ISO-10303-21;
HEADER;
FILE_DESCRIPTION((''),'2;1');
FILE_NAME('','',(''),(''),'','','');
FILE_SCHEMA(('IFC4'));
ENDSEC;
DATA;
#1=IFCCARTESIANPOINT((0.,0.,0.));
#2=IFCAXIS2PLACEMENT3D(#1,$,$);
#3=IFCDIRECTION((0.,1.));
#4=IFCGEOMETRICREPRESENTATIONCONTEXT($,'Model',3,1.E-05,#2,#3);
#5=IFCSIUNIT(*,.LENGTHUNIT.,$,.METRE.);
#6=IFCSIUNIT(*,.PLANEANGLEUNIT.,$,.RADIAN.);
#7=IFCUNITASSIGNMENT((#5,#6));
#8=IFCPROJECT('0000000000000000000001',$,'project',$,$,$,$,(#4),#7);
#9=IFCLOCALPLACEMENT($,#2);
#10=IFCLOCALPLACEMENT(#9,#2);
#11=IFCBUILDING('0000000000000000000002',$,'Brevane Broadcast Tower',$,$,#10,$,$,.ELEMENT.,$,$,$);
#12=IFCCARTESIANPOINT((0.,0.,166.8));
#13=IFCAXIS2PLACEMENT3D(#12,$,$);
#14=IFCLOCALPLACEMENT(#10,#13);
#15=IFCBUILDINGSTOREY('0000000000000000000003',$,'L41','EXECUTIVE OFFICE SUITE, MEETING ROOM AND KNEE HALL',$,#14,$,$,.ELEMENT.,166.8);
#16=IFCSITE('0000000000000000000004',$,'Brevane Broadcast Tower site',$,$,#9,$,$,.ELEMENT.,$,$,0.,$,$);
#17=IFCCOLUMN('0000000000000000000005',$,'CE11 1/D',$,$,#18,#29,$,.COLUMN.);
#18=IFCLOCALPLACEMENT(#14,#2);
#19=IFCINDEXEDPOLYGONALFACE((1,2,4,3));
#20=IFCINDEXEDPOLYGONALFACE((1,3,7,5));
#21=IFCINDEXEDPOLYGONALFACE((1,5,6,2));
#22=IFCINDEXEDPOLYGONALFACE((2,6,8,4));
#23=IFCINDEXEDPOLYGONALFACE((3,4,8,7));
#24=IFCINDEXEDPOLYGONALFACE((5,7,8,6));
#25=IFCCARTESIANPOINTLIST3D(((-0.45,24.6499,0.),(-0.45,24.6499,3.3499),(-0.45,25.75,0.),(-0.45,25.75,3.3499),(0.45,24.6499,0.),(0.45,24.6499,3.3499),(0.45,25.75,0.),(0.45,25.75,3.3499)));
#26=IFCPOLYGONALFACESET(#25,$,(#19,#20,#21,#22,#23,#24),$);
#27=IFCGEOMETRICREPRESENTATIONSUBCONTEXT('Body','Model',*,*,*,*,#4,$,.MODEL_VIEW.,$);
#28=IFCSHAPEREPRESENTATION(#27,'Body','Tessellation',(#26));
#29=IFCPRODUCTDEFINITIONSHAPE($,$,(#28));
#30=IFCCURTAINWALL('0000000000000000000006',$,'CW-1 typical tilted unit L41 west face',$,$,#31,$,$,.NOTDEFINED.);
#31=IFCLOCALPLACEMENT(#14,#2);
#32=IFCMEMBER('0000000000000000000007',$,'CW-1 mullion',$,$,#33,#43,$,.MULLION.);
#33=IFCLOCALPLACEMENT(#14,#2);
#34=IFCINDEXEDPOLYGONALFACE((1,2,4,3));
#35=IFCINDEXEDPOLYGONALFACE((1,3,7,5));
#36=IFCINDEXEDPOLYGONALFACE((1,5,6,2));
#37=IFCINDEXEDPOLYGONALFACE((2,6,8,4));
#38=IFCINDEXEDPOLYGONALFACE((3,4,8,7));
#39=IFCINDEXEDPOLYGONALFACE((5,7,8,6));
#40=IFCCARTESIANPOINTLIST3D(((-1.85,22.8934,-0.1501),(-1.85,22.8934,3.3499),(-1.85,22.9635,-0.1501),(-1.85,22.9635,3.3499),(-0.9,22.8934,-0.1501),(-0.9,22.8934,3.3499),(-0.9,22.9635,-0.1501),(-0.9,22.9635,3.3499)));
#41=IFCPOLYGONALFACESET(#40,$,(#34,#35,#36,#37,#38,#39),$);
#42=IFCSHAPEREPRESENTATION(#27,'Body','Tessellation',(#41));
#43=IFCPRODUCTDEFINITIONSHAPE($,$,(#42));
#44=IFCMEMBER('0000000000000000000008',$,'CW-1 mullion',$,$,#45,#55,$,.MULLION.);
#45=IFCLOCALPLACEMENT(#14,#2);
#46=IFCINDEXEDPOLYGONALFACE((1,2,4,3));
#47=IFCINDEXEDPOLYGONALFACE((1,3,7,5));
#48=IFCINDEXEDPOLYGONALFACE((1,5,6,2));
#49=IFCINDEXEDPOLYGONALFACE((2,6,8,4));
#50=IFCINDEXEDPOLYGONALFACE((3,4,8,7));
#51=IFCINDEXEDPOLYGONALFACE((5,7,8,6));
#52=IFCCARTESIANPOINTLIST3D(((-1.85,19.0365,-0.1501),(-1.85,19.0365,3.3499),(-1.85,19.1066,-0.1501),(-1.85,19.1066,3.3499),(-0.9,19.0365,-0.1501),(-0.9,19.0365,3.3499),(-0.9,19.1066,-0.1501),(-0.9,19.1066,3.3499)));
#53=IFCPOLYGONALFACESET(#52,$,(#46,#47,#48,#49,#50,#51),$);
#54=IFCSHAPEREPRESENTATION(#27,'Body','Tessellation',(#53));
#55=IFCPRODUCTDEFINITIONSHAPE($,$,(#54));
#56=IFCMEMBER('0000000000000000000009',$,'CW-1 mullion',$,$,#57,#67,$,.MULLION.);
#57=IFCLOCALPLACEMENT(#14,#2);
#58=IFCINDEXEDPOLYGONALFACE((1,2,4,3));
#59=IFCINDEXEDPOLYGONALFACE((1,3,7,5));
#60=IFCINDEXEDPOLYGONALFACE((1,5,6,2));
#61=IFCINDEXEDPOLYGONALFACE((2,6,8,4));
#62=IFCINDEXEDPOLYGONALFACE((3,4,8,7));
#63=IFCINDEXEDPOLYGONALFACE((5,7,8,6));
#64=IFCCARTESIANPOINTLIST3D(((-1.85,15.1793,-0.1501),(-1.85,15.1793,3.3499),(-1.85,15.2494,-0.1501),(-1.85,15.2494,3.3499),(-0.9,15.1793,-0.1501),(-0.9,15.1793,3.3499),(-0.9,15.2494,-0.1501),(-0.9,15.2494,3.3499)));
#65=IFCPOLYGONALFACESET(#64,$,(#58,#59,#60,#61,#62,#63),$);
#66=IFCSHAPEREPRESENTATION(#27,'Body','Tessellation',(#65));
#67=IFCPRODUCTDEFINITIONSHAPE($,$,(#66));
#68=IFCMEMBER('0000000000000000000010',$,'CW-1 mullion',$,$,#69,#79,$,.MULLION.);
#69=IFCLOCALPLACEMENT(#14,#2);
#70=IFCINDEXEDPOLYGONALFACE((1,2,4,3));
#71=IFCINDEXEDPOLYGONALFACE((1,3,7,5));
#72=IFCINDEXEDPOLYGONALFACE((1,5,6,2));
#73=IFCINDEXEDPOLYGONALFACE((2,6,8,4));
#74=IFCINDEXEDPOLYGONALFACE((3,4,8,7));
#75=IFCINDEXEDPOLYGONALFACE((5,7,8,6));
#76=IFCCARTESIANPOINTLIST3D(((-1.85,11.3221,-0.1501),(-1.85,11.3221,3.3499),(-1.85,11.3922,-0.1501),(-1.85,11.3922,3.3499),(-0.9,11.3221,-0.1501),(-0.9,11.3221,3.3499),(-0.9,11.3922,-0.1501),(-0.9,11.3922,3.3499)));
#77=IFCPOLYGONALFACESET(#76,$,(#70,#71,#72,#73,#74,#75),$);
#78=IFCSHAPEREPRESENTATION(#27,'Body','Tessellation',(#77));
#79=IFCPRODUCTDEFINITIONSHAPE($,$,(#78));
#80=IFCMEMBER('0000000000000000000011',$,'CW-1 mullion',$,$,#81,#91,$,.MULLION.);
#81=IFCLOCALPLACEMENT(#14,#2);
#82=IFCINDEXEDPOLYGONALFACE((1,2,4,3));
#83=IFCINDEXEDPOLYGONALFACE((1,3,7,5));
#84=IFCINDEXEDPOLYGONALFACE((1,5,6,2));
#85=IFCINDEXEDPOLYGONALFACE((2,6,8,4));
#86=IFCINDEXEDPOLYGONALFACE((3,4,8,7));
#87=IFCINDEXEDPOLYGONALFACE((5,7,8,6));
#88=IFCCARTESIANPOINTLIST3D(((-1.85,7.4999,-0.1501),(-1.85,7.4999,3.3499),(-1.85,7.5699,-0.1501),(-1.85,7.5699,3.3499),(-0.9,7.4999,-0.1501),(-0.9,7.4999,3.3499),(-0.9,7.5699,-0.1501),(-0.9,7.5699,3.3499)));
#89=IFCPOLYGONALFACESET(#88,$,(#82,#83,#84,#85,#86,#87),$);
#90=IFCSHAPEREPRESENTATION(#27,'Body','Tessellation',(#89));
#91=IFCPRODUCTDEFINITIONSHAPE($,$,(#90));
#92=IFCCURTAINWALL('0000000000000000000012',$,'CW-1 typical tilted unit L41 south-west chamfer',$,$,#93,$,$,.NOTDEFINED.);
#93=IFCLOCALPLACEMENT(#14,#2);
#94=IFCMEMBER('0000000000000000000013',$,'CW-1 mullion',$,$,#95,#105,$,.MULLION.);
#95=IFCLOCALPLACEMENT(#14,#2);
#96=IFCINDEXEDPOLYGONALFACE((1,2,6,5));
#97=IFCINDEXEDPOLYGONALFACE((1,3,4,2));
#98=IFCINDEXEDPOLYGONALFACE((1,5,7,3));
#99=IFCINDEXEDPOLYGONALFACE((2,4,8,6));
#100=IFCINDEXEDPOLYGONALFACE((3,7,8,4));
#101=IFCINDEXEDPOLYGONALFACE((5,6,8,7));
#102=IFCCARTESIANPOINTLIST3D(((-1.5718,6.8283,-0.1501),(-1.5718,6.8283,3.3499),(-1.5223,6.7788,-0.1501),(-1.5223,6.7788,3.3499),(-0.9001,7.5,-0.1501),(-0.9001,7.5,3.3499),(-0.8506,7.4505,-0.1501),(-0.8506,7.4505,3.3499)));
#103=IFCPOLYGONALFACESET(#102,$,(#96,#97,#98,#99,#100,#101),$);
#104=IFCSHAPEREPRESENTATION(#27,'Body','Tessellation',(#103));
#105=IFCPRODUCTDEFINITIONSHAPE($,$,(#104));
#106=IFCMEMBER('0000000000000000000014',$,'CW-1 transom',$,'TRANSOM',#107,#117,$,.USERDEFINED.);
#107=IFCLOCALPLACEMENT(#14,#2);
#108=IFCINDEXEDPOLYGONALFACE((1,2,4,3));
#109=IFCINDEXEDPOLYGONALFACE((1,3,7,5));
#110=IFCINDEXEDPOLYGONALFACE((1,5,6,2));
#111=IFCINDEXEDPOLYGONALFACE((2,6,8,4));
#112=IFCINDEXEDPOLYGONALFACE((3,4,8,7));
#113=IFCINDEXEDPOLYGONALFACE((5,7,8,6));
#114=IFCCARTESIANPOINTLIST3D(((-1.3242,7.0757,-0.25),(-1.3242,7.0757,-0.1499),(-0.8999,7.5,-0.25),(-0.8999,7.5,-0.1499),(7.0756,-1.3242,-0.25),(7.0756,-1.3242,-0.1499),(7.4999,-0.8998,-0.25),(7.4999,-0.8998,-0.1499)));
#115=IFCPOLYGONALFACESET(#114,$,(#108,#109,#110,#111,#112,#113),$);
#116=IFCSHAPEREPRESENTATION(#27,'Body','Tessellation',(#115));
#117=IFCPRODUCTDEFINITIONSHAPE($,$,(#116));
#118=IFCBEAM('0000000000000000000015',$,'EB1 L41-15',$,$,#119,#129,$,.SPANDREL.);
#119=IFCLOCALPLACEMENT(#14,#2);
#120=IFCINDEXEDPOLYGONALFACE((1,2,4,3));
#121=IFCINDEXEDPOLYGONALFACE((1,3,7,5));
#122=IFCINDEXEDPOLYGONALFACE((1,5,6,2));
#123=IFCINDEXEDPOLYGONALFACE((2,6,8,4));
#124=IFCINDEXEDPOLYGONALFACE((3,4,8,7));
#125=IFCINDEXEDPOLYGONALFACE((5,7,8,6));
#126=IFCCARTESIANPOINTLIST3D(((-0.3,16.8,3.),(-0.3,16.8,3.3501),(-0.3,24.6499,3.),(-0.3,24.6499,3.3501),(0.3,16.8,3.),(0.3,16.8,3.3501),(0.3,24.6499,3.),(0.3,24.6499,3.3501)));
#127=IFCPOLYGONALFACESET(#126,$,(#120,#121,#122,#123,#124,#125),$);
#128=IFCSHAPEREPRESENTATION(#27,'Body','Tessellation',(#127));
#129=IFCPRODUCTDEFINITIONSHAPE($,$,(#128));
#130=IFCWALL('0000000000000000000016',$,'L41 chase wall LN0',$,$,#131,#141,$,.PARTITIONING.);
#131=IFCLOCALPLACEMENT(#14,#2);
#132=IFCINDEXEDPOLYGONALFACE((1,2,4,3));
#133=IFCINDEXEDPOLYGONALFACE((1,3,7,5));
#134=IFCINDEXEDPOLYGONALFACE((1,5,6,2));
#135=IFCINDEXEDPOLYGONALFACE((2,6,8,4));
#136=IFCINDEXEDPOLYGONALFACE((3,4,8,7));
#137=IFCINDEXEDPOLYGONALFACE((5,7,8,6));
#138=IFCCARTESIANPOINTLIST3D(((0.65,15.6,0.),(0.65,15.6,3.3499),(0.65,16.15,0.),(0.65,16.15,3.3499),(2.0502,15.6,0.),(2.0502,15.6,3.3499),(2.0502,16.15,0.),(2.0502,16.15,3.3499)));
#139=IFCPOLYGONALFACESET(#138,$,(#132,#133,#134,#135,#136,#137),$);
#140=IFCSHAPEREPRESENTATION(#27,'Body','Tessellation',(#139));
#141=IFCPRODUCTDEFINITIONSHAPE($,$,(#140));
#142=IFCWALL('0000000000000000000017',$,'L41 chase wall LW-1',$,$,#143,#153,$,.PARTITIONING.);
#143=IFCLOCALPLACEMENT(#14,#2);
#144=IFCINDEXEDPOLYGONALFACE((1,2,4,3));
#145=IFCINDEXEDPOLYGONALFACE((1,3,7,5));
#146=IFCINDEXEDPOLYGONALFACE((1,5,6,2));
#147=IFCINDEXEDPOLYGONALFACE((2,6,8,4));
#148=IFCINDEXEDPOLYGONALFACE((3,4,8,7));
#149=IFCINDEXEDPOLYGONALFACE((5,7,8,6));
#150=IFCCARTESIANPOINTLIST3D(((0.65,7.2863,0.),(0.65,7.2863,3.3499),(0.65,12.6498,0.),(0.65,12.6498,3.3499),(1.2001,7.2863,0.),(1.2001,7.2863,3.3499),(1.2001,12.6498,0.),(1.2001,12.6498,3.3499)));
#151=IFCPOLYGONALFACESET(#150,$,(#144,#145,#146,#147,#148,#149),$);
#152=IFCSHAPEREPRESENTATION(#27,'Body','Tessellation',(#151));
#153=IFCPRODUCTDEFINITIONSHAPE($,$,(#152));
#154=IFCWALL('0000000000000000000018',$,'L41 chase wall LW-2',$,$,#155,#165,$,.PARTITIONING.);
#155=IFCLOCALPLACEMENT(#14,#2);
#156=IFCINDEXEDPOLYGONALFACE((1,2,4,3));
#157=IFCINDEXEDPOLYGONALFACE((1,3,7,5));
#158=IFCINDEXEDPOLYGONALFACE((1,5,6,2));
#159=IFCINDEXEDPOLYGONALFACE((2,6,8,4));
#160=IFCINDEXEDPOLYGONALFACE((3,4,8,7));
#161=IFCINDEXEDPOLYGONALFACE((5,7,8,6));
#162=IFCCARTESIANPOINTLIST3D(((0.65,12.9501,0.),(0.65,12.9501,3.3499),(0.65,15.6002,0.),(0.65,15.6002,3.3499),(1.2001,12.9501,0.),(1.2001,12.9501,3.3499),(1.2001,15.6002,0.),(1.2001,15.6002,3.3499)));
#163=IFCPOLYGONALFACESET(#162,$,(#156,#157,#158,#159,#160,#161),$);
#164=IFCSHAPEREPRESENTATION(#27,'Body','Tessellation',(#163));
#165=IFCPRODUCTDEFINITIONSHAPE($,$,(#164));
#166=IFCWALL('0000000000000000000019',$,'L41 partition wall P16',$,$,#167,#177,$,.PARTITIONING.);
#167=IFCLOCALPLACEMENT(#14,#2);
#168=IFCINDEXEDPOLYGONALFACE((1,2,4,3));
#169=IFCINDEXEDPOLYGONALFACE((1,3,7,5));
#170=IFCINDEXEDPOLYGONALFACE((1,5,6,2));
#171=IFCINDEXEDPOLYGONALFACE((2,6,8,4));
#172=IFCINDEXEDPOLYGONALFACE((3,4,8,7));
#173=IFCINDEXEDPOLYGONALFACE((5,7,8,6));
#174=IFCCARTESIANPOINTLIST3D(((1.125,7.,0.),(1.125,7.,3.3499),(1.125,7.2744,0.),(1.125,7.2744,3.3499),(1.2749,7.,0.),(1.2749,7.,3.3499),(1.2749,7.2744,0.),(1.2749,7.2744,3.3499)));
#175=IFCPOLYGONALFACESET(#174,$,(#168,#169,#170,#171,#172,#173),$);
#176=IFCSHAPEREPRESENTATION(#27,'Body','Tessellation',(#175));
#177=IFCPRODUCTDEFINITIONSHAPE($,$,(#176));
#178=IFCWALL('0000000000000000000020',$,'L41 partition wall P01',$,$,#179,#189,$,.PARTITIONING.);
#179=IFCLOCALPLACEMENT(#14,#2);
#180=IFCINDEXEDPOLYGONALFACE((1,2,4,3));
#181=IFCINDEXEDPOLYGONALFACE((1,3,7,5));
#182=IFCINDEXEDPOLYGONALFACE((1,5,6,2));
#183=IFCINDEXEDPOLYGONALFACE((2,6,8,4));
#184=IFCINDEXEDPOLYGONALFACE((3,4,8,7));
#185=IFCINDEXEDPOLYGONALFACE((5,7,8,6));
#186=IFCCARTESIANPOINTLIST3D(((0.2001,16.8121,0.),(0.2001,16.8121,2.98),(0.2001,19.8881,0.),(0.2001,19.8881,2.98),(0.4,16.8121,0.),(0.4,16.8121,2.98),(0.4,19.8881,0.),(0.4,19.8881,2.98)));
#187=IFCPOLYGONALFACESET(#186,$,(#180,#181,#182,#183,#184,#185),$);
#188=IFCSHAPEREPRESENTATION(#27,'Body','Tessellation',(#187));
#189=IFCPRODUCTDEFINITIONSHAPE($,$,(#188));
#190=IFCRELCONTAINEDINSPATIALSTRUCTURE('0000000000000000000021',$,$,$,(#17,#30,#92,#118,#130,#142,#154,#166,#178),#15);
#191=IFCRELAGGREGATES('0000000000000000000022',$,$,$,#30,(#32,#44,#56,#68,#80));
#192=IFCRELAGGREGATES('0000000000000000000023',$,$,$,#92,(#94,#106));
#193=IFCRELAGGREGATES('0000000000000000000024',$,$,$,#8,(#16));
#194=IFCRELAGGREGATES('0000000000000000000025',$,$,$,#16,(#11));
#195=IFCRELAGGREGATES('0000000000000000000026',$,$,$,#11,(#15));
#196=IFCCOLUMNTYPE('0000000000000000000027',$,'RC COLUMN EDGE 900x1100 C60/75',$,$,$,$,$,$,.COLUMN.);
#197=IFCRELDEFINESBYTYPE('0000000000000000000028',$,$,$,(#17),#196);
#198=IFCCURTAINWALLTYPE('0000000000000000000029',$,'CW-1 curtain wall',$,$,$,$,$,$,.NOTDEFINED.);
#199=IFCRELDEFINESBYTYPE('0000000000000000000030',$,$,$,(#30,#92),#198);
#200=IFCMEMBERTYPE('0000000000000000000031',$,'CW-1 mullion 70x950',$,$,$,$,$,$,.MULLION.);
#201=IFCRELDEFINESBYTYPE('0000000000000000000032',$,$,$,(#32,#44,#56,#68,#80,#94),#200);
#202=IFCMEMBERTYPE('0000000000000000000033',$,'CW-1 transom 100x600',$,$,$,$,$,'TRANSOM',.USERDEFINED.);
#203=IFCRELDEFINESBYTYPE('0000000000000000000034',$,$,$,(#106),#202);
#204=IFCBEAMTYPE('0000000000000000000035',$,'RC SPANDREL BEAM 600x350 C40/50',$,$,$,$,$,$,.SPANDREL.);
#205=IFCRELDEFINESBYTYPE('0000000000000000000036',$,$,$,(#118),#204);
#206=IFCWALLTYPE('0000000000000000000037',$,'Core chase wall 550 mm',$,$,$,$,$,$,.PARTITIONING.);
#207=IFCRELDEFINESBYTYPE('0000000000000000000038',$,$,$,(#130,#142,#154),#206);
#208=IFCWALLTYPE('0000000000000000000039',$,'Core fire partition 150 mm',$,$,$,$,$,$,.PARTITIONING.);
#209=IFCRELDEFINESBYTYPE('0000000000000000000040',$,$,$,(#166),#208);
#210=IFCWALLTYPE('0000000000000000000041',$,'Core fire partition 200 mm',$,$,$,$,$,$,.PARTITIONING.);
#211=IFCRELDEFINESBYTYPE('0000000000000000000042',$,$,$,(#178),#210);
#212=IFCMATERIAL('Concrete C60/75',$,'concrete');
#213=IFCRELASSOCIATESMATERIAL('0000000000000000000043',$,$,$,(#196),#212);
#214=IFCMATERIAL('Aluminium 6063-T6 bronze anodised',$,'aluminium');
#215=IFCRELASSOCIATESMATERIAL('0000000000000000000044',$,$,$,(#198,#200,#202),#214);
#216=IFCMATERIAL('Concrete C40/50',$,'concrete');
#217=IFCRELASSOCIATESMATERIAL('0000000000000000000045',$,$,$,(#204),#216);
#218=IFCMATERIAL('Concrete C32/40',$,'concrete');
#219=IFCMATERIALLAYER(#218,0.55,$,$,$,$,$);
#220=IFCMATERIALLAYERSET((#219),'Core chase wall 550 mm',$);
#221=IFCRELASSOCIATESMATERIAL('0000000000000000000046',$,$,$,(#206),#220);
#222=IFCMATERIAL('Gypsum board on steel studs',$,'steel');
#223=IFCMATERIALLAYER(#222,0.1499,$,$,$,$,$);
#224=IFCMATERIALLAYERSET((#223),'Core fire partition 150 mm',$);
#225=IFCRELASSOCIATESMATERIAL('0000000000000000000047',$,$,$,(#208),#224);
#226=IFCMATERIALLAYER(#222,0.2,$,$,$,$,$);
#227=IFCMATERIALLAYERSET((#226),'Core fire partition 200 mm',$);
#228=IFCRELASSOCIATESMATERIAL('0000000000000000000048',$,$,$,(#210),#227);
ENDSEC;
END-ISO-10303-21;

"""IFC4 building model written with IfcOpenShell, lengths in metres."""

from ifc_helpers import new_model, si_unit, direction, frame, frame_2d, origin, origin_2d, place, context, subcontext, project, spatial, rectangle, extrude, material, layer, layer_set, material_profile, profile_set, type_object, element, aggregate, save


model = new_model("IFC4")

# Units and contexts
model_context = context("Model", 3, precision=1e-05, world=origin(), true_north=direction((0.0, 1.0)))
body_context = subcontext(model_context, "Body", "Model", "MODEL_VIEW")
ifc_project = project(units=[si_unit("LENGTHUNIT", "METRE"), si_unit("PLANEANGLEUNIT", "RADIAN")], contexts=[model_context])

# Site, building, storey
site_placement = place(None, origin())
site = spatial("IfcSite", under=ifc_project, at=site_placement, Name="Brevane Broadcast Tower site", CompositionType="ELEMENT", RefElevation=0.0)
building_placement = place(site_placement, origin())
building = spatial("IfcBuilding", under=site, at=building_placement, Name="Brevane Broadcast Tower", CompositionType="ELEMENT")
storey_placement = place(building_placement, frame((0.0, 0.0, 166.8)))
storey = spatial("IfcBuildingStorey", under=building, at=storey_placement, Name="L41", Description="EXECUTIVE OFFICE SUITE, MEETING ROOM AND KNEE HALL", CompositionType="ELEMENT", Elevation=166.8)

# Column
ifc_material_1 = material(Name="Concrete C60/75", Category="concrete")
ifc_material_profile_1 = material_profile(ifc_material_1, rectangle(XDim=0.8999, YDim=1.1001, at=origin_2d()), Name="RC 900x1100")
ifc_profile_set_1 = profile_set([ifc_material_profile_1], Name="Concrete C60/75")
column_type = type_object("IfcColumnType", Name="RC COLUMN EDGE 900x1100 C60/75", PredefinedType="COLUMN", material=ifc_profile_set_1)
column_placement = place(storey_placement, frame((0.0, 25.2, 0.0), z_axis=(0.0, 0.0, 1.0), x_axis=(1.0, 0.0, 0.0)))
element("IfcColumn", 1, at=column_placement, inside=storey, type_object=column_type, Name="CE11 1/D", PredefinedType="COLUMN", context=body_context, shape_type="SweptSolid", body=[
    extrude(rectangle(XDim=0.8999, YDim=1.1001, at=origin_2d()), origin(), (0.0, 0.0, 1.0), 3.3499),
])

# Curtain walls, members
ifc_material_2 = material(Name="Aluminium 6063-T6 bronze anodised", Category="aluminium")
curtain_wall_type = type_object("IfcCurtainWallType", Name="CW-1 curtain wall", PredefinedType="NOTDEFINED", material=ifc_material_2)
curtain_wall_1_placement = place(storey_placement, origin())
curtain_wall_1 = element("IfcCurtainWall", 2, at=curtain_wall_1_placement, inside=storey, type_object=curtain_wall_type, Name="CW-1 typical tilted unit L41 west face", PredefinedType="NOTDEFINED")
ifc_material_profile_2 = material_profile(ifc_material_2, rectangle(XDim=0.95, YDim=0.0701, at=origin_2d()), Name="RECT 70x950")
ifc_profile_set_2 = profile_set([ifc_material_profile_2], Name="Aluminium 6063-T6 bronze anodised")
member_type_1 = type_object("IfcMemberType", Name="CW-1 mullion 70x950", PredefinedType="MULLION", material=ifc_profile_set_2)
member_1_placement = place(storey_placement, frame((-1.375, 22.9285, -0.1501), z_axis=(0.0, 0.0, 1.0), x_axis=(1.0, 0.0, 0.0)))
member_1 = element("IfcMember", 3, at=member_1_placement, type_object=member_type_1, Name="CW-1 mullion", PredefinedType="MULLION", context=body_context, shape_type="SweptSolid", body=[
    extrude(rectangle(XDim=0.95, YDim=0.0701, at=origin_2d()), origin(), (0.0, 0.0, 1.0), 3.5),
])
member_2_placement = place(storey_placement, frame((-1.375, 19.0715, -0.1501), z_axis=(0.0, 0.0, 1.0), x_axis=(1.0, 0.0, 0.0)))
member_2 = element("IfcMember", 4, at=member_2_placement, type_object=member_type_1, Name="CW-1 mullion", PredefinedType="MULLION", context=body_context, shape_type="SweptSolid", body=[
    extrude(rectangle(XDim=0.95, YDim=0.0701, at=origin_2d()), origin(), (0.0, 0.0, 1.0), 3.5),
])
member_3_placement = place(storey_placement, frame((-1.375, 15.2144, -0.1501), z_axis=(0.0, 0.0, 1.0), x_axis=(1.0, 0.0, 0.0)))
member_3 = element("IfcMember", 5, at=member_3_placement, type_object=member_type_1, Name="CW-1 mullion", PredefinedType="MULLION", context=body_context, shape_type="SweptSolid", body=[
    extrude(rectangle(XDim=0.95, YDim=0.0701, at=origin_2d()), origin(), (0.0, 0.0, 1.0), 3.5),
])
member_4_placement = place(storey_placement, frame((-1.375, 11.3572, -0.1501), z_axis=(0.0, 0.0, 1.0), x_axis=(1.0, 0.0, 0.0)))
member_4 = element("IfcMember", 6, at=member_4_placement, type_object=member_type_1, Name="CW-1 mullion", PredefinedType="MULLION", context=body_context, shape_type="SweptSolid", body=[
    extrude(rectangle(XDim=0.95, YDim=0.0701, at=origin_2d()), origin(), (0.0, 0.0, 1.0), 3.5),
])
member_5_placement = place(storey_placement, frame((-1.375, 7.5349, -0.1501), z_axis=(0.0, 0.0, 1.0), x_axis=(1.0, 0.0, 0.0)))
member_5 = element("IfcMember", 7, at=member_5_placement, type_object=member_type_1, Name="CW-1 mullion", PredefinedType="MULLION", context=body_context, shape_type="SweptSolid", body=[
    extrude(rectangle(XDim=0.95, YDim=0.0701, at=origin_2d()), origin(), (0.0, 0.0, 1.0), 3.5),
])
aggregate(curtain_wall_1, [member_1, member_2, member_3, member_4, member_5])
curtain_wall_2_placement = place(storey_placement, origin())
curtain_wall_2 = element("IfcCurtainWall", 8, at=curtain_wall_2_placement, inside=storey, type_object=curtain_wall_type, Name="CW-1 typical tilted unit L41 south-west chamfer", PredefinedType="NOTDEFINED")
member_6_placement = place(storey_placement, frame((-1.2112, 7.1394, -0.1501), z_axis=(0.0, 0.0, 1.0), x_axis=(0.707107, 0.707107, 0.0)))
member_6 = element("IfcMember", 9, at=member_6_placement, type_object=member_type_1, Name="CW-1 mullion", PredefinedType="MULLION", context=body_context, shape_type="SweptSolid", body=[
    extrude(rectangle(XDim=0.95, YDim=0.0701, at=origin_2d()), origin(), (0.0, 0.0, 1.0), 3.5),
])
ifc_material_profile_3 = material_profile(ifc_material_2, rectangle(XDim=0.6001, YDim=0.1001, at=origin_2d()), Name="RECT 100x600")
ifc_profile_set_3 = profile_set([ifc_material_profile_3], Name="Aluminium 6063-T6 bronze anodised")
member_type_2 = type_object("IfcMemberType", Name="CW-1 transom 100x600", ElementType="TRANSOM", PredefinedType="USERDEFINED", material=ifc_profile_set_3)
member_7_placement = place(storey_placement, frame((-1.1121, 7.2878, -0.2), z_axis=(0.707107, -0.707107, 0.0), x_axis=(0.707107, 0.707107, 0.0)))
member_7 = element("IfcMember", 10, at=member_7_placement, type_object=member_type_2, Name="CW-1 transom", ObjectType="TRANSOM", PredefinedType="USERDEFINED", context=body_context, shape_type="SweptSolid", body=[
    extrude(rectangle(XDim=0.6001, YDim=0.1001, at=origin_2d()), origin(), (0.0, 0.0, 1.0), 11.8792),
])
aggregate(curtain_wall_2, [member_6, member_7])

# Beam
ifc_material_3 = material(Name="Concrete C40/50", Category="concrete")
ifc_material_profile_4 = material_profile(ifc_material_3, rectangle(XDim=0.6001, YDim=0.3501, at=origin_2d()), Name="RC 600x350")
ifc_profile_set_4 = profile_set([ifc_material_profile_4], Name="Concrete C40/50")
beam_type = type_object("IfcBeamType", Name="RC SPANDREL BEAM 600x350 C40/50", PredefinedType="SPANDREL", material=ifc_profile_set_4)
beam_placement = place(storey_placement, frame((0.0, 24.6499, 3.175), z_axis=(0.0, -1.0, 0.0), x_axis=(1.0, 0.0, 0.0)))
element("IfcBeam", 11, at=beam_placement, inside=storey, type_object=beam_type, Name="EB1 L41-15", PredefinedType="SPANDREL", context=body_context, shape_type="SweptSolid", body=[
    extrude(rectangle(XDim=0.6001, YDim=0.3501, at=origin_2d()), origin(), (0.0, 0.0, 1.0), 7.8499),
])

# Walls
ifc_material_4 = material(Name="Concrete C32/40", Category="concrete")
ifc_layer_1 = layer(ifc_material_4, 0.55)
ifc_layer_set_1 = layer_set([ifc_layer_1], Name="Core chase wall 550 mm")
wall_type_1 = type_object("IfcWallType", Name="Core chase wall 550 mm", PredefinedType="PARTITIONING", material=ifc_layer_set_1)
wall_1_placement = place(storey_placement, frame((0.6499, 15.875, 0.0), z_axis=(0.0, 0.0, 1.0), x_axis=(1.0, 0.0, 0.0)))
element("IfcWall", 12, at=wall_1_placement, inside=storey, type_object=wall_type_1, Name="L41 chase wall LN0", PredefinedType="PARTITIONING", context=body_context, shape_type="SweptSolid", body=[
    extrude(rectangle(XDim=1.4001, YDim=0.55, at=frame_2d((0.7002, 0.0))), origin(), (0.0, 0.0, 1.0), 3.3499),
])
wall_2_placement = place(storey_placement, frame((0.925, 7.2864, 0.0), z_axis=(0.0, 0.0, 1.0), x_axis=(0.0, 1.0, 0.0)))
element("IfcWall", 13, at=wall_2_placement, inside=storey, type_object=wall_type_1, Name="L41 chase wall LW-1", PredefinedType="PARTITIONING", context=body_context, shape_type="SweptSolid", body=[
    extrude(rectangle(XDim=5.3635, YDim=0.55, at=frame_2d((2.6816, 0.0))), origin(), (0.0, 0.0, 1.0), 3.3499),
])
wall_3_placement = place(storey_placement, frame((0.925, 12.95, 0.0), z_axis=(0.0, 0.0, 1.0), x_axis=(0.0, 1.0, 0.0)))
element("IfcWall", 14, at=wall_3_placement, inside=storey, type_object=wall_type_1, Name="L41 chase wall LW-2", PredefinedType="PARTITIONING", context=body_context, shape_type="SweptSolid", body=[
    extrude(rectangle(XDim=2.6501, YDim=0.55, at=frame_2d((1.3252, 0.0))), origin(), (0.0, 0.0, 1.0), 3.3499),
])
ifc_material_5 = material(Name="Gypsum board on steel studs", Category="steel")
ifc_layer_2 = layer(ifc_material_5, 0.1499)
ifc_layer_set_2 = layer_set([ifc_layer_2], Name="Core fire partition 150 mm")
wall_type_2 = type_object("IfcWallType", Name="Core fire partition 150 mm", PredefinedType="PARTITIONING", material=ifc_layer_set_2)
wall_4_placement = place(storey_placement, frame((1.2, 7.2744, 0.0), z_axis=(0.0, 0.0, 1.0), x_axis=(0.0, -1.0, 0.0)))
element("IfcWall", 15, at=wall_4_placement, inside=storey, type_object=wall_type_2, Name="L41 partition wall P16", PredefinedType="PARTITIONING", context=body_context, shape_type="SweptSolid", body=[
    extrude(rectangle(XDim=0.2744, YDim=0.1499, at=frame_2d((0.1372, 0.0))), origin(), (0.0, 0.0, 1.0), 3.3499),
])
ifc_layer_3 = layer(ifc_material_5, 0.2)
ifc_layer_set_3 = layer_set([ifc_layer_3], Name="Core fire partition 200 mm")
wall_type_3 = type_object("IfcWallType", Name="Core fire partition 200 mm", PredefinedType="PARTITIONING", material=ifc_layer_set_3)
wall_5_placement = place(storey_placement, frame((0.3, 16.812, 0.0), z_axis=(0.0, 0.0, 1.0), x_axis=(0.0, 1.0, 0.0)))
element("IfcWall", 16, at=wall_5_placement, inside=storey, type_object=wall_type_3, Name="L41 partition wall P01", PredefinedType="PARTITIONING", context=body_context, shape_type="SweptSolid", body=[
    extrude(rectangle(XDim=3.0759, YDim=0.2, at=frame_2d((1.5381, 0.0))), origin(), (0.0, 0.0, 1.0), 2.98),
])

save(model, "model.ifc")
